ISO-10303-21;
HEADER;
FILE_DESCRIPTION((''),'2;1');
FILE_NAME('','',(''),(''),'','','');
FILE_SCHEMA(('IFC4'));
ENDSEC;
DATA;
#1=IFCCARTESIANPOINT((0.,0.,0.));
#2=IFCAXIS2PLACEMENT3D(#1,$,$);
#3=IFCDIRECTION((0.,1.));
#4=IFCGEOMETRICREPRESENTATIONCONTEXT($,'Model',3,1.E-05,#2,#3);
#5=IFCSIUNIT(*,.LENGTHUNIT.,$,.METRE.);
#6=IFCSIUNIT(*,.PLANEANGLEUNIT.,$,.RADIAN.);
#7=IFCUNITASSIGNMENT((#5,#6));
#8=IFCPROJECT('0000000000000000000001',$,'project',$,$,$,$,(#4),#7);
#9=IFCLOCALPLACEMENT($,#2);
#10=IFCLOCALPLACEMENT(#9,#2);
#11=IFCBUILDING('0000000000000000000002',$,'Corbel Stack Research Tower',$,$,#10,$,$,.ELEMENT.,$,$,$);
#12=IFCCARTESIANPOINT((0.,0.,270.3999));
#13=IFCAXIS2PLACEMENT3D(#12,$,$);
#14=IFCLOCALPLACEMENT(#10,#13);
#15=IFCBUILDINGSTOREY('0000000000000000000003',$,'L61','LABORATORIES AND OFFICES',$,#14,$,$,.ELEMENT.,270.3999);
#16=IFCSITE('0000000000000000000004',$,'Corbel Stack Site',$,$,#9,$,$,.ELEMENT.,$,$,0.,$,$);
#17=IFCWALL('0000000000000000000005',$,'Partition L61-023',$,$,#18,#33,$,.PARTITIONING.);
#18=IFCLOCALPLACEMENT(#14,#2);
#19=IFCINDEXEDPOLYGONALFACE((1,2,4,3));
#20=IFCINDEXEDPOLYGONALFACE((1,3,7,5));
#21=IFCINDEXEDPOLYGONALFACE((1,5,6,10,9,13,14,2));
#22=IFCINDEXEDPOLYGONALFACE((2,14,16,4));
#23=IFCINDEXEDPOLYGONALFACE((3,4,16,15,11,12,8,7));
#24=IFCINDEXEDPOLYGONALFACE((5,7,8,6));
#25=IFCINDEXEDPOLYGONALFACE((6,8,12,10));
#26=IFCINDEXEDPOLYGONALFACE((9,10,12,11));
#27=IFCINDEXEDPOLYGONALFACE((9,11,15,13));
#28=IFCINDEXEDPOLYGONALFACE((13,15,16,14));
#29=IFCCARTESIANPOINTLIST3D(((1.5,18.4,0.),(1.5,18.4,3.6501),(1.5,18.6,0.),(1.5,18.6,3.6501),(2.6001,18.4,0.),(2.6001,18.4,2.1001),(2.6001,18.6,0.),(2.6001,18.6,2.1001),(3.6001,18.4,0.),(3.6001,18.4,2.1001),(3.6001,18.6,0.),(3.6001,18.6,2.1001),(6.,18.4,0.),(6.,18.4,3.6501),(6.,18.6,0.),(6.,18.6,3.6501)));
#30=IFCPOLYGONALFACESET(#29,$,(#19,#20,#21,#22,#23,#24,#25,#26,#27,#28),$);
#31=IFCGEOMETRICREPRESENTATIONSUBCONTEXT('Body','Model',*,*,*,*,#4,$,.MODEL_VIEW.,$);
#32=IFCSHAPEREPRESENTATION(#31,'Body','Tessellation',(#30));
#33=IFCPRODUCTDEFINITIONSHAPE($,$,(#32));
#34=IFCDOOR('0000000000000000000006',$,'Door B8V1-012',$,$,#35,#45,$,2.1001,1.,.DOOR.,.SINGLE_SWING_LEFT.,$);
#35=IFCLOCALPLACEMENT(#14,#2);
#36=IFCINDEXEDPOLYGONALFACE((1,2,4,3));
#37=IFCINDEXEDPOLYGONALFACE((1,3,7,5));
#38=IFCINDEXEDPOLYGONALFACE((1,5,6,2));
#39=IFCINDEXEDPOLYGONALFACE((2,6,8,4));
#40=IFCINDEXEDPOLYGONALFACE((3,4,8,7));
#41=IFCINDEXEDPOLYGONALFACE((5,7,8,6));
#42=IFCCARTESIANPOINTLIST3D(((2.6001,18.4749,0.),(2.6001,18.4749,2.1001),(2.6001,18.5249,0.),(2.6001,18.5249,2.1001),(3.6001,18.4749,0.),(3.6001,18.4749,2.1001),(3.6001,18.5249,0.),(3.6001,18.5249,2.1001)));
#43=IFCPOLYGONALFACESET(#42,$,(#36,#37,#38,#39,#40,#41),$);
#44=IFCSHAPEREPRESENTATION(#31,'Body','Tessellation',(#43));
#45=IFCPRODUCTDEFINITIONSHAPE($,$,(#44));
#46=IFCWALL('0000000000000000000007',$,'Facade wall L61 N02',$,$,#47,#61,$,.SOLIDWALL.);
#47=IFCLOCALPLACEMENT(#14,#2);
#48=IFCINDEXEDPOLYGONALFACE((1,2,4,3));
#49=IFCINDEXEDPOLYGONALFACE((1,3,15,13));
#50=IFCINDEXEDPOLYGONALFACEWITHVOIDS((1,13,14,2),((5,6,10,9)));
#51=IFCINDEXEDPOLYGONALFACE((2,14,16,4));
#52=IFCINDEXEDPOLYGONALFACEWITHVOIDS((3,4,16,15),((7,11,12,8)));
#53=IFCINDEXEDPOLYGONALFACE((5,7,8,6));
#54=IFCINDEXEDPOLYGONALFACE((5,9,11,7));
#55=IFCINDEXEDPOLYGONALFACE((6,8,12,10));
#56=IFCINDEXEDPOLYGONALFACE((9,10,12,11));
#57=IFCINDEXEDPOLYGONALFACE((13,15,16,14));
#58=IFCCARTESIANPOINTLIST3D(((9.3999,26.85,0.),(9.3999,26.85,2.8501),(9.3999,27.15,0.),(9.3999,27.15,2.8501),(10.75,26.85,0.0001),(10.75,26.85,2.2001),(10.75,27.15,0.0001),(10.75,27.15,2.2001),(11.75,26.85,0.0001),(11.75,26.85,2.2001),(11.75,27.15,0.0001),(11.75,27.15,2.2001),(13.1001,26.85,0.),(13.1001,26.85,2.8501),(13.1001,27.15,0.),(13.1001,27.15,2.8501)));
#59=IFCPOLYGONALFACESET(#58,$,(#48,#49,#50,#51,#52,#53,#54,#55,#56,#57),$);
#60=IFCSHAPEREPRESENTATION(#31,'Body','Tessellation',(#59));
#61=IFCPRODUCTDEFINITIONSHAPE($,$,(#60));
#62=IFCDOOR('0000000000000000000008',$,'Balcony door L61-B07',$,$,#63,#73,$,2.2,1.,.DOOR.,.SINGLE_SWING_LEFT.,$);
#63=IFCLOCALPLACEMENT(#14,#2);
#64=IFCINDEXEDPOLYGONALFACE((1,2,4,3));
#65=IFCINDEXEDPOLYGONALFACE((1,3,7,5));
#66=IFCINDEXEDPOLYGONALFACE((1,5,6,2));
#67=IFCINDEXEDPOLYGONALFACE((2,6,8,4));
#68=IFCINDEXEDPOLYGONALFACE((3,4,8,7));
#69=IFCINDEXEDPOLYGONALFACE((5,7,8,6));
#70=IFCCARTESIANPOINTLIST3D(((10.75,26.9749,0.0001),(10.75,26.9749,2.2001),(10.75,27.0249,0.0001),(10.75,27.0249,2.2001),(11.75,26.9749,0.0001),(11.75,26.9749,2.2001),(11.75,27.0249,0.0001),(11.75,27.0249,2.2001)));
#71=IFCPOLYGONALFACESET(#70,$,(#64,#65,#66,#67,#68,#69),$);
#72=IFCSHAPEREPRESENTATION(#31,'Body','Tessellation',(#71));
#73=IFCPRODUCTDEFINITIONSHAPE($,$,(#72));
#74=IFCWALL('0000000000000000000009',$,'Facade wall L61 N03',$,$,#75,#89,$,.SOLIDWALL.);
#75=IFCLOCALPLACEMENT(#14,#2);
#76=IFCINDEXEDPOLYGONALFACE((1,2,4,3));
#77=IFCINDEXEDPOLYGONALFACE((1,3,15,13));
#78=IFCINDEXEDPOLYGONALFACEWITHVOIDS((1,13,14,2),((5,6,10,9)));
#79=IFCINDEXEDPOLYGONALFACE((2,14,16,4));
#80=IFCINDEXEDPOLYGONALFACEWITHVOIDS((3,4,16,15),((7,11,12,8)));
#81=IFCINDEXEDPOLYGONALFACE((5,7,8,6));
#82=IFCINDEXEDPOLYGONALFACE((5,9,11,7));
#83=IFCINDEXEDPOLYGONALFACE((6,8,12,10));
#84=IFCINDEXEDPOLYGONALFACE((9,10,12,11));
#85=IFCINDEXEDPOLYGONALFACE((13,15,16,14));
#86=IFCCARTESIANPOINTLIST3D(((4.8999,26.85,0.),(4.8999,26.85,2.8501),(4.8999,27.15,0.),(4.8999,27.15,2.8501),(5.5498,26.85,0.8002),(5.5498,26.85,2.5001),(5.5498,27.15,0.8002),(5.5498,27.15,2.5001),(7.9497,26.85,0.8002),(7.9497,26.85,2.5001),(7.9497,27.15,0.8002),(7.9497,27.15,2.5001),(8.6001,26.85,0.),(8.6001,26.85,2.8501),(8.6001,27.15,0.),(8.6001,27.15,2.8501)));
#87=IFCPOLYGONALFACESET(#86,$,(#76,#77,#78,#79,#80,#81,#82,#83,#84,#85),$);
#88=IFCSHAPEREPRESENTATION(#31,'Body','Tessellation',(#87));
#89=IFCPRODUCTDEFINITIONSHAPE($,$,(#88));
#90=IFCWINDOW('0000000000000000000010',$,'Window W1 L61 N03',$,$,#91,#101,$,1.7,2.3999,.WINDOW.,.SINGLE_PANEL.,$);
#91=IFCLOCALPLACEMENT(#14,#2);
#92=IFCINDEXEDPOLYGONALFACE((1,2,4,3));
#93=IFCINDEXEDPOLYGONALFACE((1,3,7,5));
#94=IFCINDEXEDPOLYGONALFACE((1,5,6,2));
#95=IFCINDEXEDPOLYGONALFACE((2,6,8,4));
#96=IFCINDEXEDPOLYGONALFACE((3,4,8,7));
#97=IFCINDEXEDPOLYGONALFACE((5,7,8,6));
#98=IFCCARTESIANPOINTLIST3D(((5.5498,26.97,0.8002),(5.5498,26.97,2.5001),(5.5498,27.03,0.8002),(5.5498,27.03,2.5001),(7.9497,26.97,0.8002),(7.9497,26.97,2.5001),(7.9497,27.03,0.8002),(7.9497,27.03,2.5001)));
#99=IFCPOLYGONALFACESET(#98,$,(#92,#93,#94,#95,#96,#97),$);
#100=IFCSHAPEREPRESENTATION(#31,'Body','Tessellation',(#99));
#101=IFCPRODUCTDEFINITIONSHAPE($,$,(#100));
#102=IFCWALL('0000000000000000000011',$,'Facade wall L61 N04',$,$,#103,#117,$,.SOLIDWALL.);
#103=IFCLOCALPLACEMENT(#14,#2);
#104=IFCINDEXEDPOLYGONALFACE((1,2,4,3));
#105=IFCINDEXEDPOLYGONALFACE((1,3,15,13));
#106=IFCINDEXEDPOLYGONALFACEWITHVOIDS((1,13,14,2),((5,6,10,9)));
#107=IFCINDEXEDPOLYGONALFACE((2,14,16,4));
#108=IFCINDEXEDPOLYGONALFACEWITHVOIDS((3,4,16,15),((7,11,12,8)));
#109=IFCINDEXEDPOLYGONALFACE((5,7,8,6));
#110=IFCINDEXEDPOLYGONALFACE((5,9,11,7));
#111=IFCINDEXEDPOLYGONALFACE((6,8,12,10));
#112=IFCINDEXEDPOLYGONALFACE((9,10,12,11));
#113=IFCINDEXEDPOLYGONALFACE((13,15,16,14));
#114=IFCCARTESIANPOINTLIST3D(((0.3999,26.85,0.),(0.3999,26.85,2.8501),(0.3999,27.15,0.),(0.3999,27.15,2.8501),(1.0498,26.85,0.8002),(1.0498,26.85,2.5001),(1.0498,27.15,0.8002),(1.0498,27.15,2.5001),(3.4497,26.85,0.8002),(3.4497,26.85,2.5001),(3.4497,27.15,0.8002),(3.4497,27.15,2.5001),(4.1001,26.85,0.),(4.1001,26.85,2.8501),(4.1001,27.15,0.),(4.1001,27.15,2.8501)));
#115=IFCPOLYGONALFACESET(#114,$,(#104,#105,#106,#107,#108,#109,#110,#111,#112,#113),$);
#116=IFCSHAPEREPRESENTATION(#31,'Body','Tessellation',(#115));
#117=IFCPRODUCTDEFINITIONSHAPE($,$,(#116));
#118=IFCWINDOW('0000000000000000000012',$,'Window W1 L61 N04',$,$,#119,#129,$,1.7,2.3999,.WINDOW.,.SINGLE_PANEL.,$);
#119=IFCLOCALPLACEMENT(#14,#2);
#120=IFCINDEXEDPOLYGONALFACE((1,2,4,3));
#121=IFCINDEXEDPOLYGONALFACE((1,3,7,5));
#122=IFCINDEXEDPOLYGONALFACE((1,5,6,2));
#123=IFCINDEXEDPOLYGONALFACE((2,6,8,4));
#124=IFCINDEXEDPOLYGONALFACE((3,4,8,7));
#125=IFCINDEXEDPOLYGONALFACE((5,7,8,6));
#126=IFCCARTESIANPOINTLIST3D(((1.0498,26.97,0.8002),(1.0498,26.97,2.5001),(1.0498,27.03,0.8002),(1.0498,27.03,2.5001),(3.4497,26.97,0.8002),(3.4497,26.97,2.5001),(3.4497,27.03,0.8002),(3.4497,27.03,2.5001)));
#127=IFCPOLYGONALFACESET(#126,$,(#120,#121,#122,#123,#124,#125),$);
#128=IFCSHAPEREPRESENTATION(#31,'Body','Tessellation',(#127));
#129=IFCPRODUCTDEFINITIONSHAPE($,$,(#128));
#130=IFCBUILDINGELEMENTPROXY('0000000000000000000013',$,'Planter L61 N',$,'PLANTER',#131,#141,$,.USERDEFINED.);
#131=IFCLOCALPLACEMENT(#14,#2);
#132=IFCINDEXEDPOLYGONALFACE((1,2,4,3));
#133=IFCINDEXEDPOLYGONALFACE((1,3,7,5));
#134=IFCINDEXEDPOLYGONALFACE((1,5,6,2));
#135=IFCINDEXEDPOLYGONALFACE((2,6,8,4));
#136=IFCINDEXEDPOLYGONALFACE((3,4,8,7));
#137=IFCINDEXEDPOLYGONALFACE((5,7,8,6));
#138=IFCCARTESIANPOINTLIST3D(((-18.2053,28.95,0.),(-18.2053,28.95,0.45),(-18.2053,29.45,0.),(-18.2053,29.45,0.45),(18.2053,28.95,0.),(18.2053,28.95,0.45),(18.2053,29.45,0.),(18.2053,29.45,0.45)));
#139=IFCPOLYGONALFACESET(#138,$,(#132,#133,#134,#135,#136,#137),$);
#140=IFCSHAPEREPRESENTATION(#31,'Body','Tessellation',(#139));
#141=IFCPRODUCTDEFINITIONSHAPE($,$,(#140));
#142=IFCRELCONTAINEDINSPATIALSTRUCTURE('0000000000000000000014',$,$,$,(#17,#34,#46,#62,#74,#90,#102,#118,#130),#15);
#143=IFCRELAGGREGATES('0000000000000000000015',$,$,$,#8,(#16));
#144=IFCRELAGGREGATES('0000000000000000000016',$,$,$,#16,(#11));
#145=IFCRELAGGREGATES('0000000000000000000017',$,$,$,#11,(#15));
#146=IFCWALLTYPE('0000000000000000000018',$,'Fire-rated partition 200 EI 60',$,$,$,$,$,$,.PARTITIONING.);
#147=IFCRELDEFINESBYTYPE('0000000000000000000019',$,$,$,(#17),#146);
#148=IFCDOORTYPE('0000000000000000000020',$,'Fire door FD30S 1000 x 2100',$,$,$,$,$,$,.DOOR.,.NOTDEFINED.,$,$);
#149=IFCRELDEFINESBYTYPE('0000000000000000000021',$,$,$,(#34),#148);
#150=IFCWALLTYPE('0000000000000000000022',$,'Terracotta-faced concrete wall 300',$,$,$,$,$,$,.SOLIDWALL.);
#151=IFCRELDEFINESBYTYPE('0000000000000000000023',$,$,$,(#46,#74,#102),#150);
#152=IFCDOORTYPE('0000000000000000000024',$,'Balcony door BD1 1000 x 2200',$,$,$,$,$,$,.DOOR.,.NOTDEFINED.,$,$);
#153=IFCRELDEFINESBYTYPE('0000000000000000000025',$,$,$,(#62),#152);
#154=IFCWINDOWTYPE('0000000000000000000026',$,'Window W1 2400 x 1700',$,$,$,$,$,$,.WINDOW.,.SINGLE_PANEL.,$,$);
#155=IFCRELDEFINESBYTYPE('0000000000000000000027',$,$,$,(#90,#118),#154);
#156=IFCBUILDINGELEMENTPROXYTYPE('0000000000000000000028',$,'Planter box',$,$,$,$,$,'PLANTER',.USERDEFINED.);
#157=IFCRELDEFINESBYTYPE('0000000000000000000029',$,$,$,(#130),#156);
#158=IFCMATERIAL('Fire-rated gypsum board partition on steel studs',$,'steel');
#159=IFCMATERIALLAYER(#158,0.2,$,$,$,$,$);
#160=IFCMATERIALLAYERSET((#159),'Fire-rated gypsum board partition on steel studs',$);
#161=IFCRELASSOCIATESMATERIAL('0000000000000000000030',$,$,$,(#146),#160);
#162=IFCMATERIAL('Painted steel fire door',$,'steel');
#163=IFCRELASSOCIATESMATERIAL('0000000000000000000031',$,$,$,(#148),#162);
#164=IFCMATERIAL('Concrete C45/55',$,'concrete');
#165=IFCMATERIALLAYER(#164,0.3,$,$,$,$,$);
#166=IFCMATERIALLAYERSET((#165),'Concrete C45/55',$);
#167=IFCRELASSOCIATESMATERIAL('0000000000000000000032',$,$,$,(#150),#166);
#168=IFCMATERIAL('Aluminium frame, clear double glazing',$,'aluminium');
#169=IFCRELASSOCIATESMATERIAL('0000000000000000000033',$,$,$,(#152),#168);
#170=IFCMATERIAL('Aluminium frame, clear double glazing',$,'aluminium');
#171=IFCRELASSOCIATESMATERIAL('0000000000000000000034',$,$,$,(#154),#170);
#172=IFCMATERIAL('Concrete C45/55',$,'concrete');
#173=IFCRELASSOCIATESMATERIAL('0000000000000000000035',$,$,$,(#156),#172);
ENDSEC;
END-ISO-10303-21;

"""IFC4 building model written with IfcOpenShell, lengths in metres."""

from ifc_helpers import new_model, si_unit, direction, frame, frame_2d, origin, origin_2d, place, context, subcontext, project, spatial, rectangle, extrude, material, layer, layer_set, type_object, element, fill, save


model = new_model("IFC4")

# Units and contexts
model_context = context("Model", 3, precision=1e-05, world=origin(), true_north=direction((0.0, 1.0)))
body_context = subcontext(model_context, "Body", "Model", "MODEL_VIEW")
ifc_project = project(units=[si_unit("LENGTHUNIT", "METRE"), si_unit("PLANEANGLEUNIT", "RADIAN")], contexts=[model_context])

# Site, building, storey
site_placement = place(None, origin())
site = spatial("IfcSite", under=ifc_project, at=site_placement, Name="Corbel Stack Site", CompositionType="ELEMENT", RefElevation=0.0)
building_placement = place(site_placement, origin())
building = spatial("IfcBuilding", under=site, at=building_placement, Name="Corbel Stack Research Tower", CompositionType="ELEMENT")
storey_placement = place(building_placement, frame((0.0, 0.0, 270.3999)))
storey = spatial("IfcBuildingStorey", under=building, at=storey_placement, Name="L61", Description="LABORATORIES AND OFFICES", CompositionType="ELEMENT", Elevation=270.3999)

# Shared definitions
ifc_material_1 = material(Name="Fire-rated gypsum board partition on steel studs", Category="steel")
ifc_layer_1 = layer(ifc_material_1, 0.2)
ifc_layer_set_1 = layer_set([ifc_layer_1], Name="Fire-rated gypsum board partition on steel studs")
wall_type_1 = type_object("IfcWallType", Name="Fire-rated partition 200 EI 60", PredefinedType="PARTITIONING", material=ifc_layer_set_1)
ifc_material_2 = material(Name="Painted steel fire door", Category="steel")
door_type_1 = type_object("IfcDoorType", Name="Fire door FD30S 1000 x 2100", OperationType="NOTDEFINED", PredefinedType="DOOR", material=ifc_material_2)

# Walls, openings, doors
wall_1_placement = place(storey_placement, frame((1.5, 18.5, 0.0), z_axis=(0.0, 0.0, 1.0), x_axis=(1.0, 0.0, 0.0)))
wall_1 = element("IfcWall", 1, at=wall_1_placement, inside=storey, type_object=wall_type_1, Name="Partition L61-023", PredefinedType="PARTITIONING", context=body_context, shape_type="SweptSolid", body=[
    extrude(rectangle(XDim=4.5, YDim=0.2, at=frame_2d((2.25, 0.0))), origin(), (0.0, 0.0, 1.0), 3.6501),
])
opening_1_placement = place(wall_1_placement, frame((1.1001, 0.0, 0.0)))
opening_1 = element("IfcOpeningElement", 2, at=opening_1_placement, cuts=wall_1, PredefinedType="OPENING", context=body_context, shape_type="SweptSolid", body=[
    extrude(rectangle(XDim=1.0, YDim=2.1001, at=frame_2d((0.5, 1.05))), frame((0.0, 0.1099, 0.0), z_axis=(0.0, -1.0, 0.0), x_axis=(1.0, 0.0, 0.0)), (0.0, 0.0, 1.0), 0.22),
])
door_1_placement = place(opening_1_placement, origin())
door_1 = element("IfcDoor", 3, at=door_1_placement, inside=storey, type_object=door_type_1, Name="Door B8V1-012", OperationType="SINGLE_SWING_LEFT", OverallHeight=2.1001, OverallWidth=1.0, PredefinedType="DOOR", context=body_context, shape_type="SweptSolid", body=[
    extrude(rectangle(XDim=1.0, YDim=2.1001, at=frame_2d((0.5, 1.05))), frame((0.0, 0.0249, 0.0), z_axis=(0.0, -1.0, 0.0), x_axis=(1.0, 0.0, 0.0)), (0.0, 0.0, 1.0), 0.05),
])
fill(opening_1, door_1)
ifc_material_3 = material(Name="Concrete C45/55", Category="concrete")
ifc_layer_2 = layer(ifc_material_3, 0.3)
ifc_layer_set_2 = layer_set([ifc_layer_2], Name="Concrete C45/55")
wall_type_2 = type_object("IfcWallType", Name="Terracotta-faced concrete wall 300", PredefinedType="SOLIDWALL", material=ifc_layer_set_2)
wall_2_placement = place(storey_placement, frame((9.3999, 27.0, 0.0), z_axis=(0.0, 0.0, 1.0), x_axis=(1.0, 0.0, 0.0)))
wall_2 = element("IfcWall", 4, at=wall_2_placement, inside=storey, type_object=wall_type_2, Name="Facade wall L61 N02", PredefinedType="SOLIDWALL", context=body_context, shape_type="SweptSolid", body=[
    extrude(rectangle(XDim=3.7002, YDim=0.3, at=frame_2d((1.8501, 0.0))), origin(), (0.0, 0.0, 1.0), 2.8501),
])
opening_2_placement = place(wall_2_placement, frame((1.3501, 0.0, 0.0)))
opening_2 = element("IfcOpeningElement", 5, at=opening_2_placement, cuts=wall_2, PredefinedType="OPENING", context=body_context, shape_type="SweptSolid", body=[
    extrude(rectangle(XDim=1.0, YDim=2.2, at=frame_2d((0.5, 1.1001))), frame((0.0, 0.1599, 0.0), z_axis=(0.0, -1.0, 0.0), x_axis=(1.0, 0.0, 0.0)), (0.0, 0.0, 1.0), 0.3201),
])
ifc_material_4 = material(Name="Aluminium frame, clear double glazing", Category="aluminium")
door_type_2 = type_object("IfcDoorType", Name="Balcony door BD1 1000 x 2200", OperationType="NOTDEFINED", PredefinedType="DOOR", material=ifc_material_4)
door_2_placement = place(opening_2_placement, origin())
door_2 = element("IfcDoor", 6, at=door_2_placement, inside=storey, type_object=door_type_2, Name="Balcony door L61-B07", OperationType="SINGLE_SWING_LEFT", OverallHeight=2.2, OverallWidth=1.0, PredefinedType="DOOR", context=body_context, shape_type="SweptSolid", body=[
    extrude(rectangle(XDim=1.0, YDim=2.2, at=frame_2d((0.5, 1.1001))), frame((0.0, 0.0249, 0.0), z_axis=(0.0, -1.0, 0.0), x_axis=(1.0, 0.0, 0.0)), (0.0, 0.0, 1.0), 0.05),
])
fill(opening_2, door_2)

# Walls, openings, windows
wall_3_placement = place(storey_placement, frame((4.8999, 27.0, 0.0), z_axis=(0.0, 0.0, 1.0), x_axis=(1.0, 0.0, 0.0)))
wall_3 = element("IfcWall", 7, at=wall_3_placement, inside=storey, type_object=wall_type_2, Name="Facade wall L61 N03", PredefinedType="SOLIDWALL", context=body_context, shape_type="SweptSolid", body=[
    extrude(rectangle(XDim=3.7002, YDim=0.3, at=frame_2d((1.8501, 0.0))), origin(), (0.0, 0.0, 1.0), 2.8501),
])
opening_3_placement = place(wall_3_placement, frame((0.6499, 0.0, 0.8)))
opening_3 = element("IfcOpeningElement", 8, at=opening_3_placement, cuts=wall_3, PredefinedType="OPENING", context=body_context, shape_type="SweptSolid", body=[
    extrude(rectangle(XDim=2.3999, YDim=1.7, at=frame_2d((1.2, 0.8501))), frame((0.0, 0.1599, 0.0), z_axis=(0.0, -1.0, 0.0), x_axis=(1.0, 0.0, 0.0)), (0.0, 0.0, 1.0), 0.3201),
])
ifc_material_5 = material(Name="Aluminium frame, clear double glazing", Category="aluminium")
window_type = type_object("IfcWindowType", Name="Window W1 2400 x 1700", PartitioningType="SINGLE_PANEL", PredefinedType="WINDOW", material=ifc_material_5)
window_1_placement = place(opening_3_placement, origin())
window_1 = element("IfcWindow", 9, at=window_1_placement, inside=storey, type_object=window_type, Name="Window W1 L61 N03", OverallHeight=1.7, OverallWidth=2.3999, PartitioningType="SINGLE_PANEL", PredefinedType="WINDOW", context=body_context, shape_type="SweptSolid", body=[
    extrude(rectangle(XDim=2.3999, YDim=1.7, at=frame_2d((1.2, 0.8501))), frame((0.0, 0.03, 0.0), z_axis=(0.0, -1.0, 0.0), x_axis=(1.0, 0.0, 0.0)), (0.0, 0.0, 1.0), 0.0601),
])
fill(opening_3, window_1)
wall_4_placement = place(storey_placement, frame((0.3999, 27.0, 0.0), z_axis=(0.0, 0.0, 1.0), x_axis=(1.0, 0.0, 0.0)))
wall_4 = element("IfcWall", 10, at=wall_4_placement, inside=storey, type_object=wall_type_2, Name="Facade wall L61 N04", PredefinedType="SOLIDWALL", context=body_context, shape_type="SweptSolid", body=[
    extrude(rectangle(XDim=3.7002, YDim=0.3, at=frame_2d((1.8501, 0.0))), origin(), (0.0, 0.0, 1.0), 2.8501),
])
opening_4_placement = place(wall_4_placement, frame((0.6499, 0.0, 0.8)))
opening_4 = element("IfcOpeningElement", 11, at=opening_4_placement, cuts=wall_4, PredefinedType="OPENING", context=body_context, shape_type="SweptSolid", body=[
    extrude(rectangle(XDim=2.3999, YDim=1.7, at=frame_2d((1.2, 0.8501))), frame((0.0, 0.1599, 0.0), z_axis=(0.0, -1.0, 0.0), x_axis=(1.0, 0.0, 0.0)), (0.0, 0.0, 1.0), 0.3201),
])
window_2_placement = place(opening_4_placement, origin())
window_2 = element("IfcWindow", 12, at=window_2_placement, inside=storey, type_object=window_type, Name="Window W1 L61 N04", OverallHeight=1.7, OverallWidth=2.3999, PartitioningType="SINGLE_PANEL", PredefinedType="WINDOW", context=body_context, shape_type="SweptSolid", body=[
    extrude(rectangle(XDim=2.3999, YDim=1.7, at=frame_2d((1.2, 0.8501))), frame((0.0, 0.03, 0.0), z_axis=(0.0, -1.0, 0.0), x_axis=(1.0, 0.0, 0.0)), (0.0, 0.0, 1.0), 0.0601),
])
fill(opening_4, window_2)

# Building element proxy
ifc_material_6 = material(Name="Concrete C45/55", Category="concrete")
building_element_proxy_type = type_object("IfcBuildingElementProxyType", Name="Planter box", ElementType="PLANTER", PredefinedType="USERDEFINED", material=ifc_material_6)
proxy_placement = place(storey_placement, frame((0.0, 29.2, 0.0), z_axis=(0.0, 0.0, 1.0), x_axis=(-1.0, 0.0, 0.0)))
element("IfcBuildingElementProxy", 13, at=proxy_placement, inside=storey, type_object=building_element_proxy_type, Name="Planter L61 N", ObjectType="PLANTER", PredefinedType="USERDEFINED", context=body_context, shape_type="SweptSolid", body=[
    extrude(rectangle(XDim=36.4106, YDim=0.5, at=origin_2d()), origin(), (0.0, 0.0, 1.0), 0.45),
])

save(model, "model.ifc")
